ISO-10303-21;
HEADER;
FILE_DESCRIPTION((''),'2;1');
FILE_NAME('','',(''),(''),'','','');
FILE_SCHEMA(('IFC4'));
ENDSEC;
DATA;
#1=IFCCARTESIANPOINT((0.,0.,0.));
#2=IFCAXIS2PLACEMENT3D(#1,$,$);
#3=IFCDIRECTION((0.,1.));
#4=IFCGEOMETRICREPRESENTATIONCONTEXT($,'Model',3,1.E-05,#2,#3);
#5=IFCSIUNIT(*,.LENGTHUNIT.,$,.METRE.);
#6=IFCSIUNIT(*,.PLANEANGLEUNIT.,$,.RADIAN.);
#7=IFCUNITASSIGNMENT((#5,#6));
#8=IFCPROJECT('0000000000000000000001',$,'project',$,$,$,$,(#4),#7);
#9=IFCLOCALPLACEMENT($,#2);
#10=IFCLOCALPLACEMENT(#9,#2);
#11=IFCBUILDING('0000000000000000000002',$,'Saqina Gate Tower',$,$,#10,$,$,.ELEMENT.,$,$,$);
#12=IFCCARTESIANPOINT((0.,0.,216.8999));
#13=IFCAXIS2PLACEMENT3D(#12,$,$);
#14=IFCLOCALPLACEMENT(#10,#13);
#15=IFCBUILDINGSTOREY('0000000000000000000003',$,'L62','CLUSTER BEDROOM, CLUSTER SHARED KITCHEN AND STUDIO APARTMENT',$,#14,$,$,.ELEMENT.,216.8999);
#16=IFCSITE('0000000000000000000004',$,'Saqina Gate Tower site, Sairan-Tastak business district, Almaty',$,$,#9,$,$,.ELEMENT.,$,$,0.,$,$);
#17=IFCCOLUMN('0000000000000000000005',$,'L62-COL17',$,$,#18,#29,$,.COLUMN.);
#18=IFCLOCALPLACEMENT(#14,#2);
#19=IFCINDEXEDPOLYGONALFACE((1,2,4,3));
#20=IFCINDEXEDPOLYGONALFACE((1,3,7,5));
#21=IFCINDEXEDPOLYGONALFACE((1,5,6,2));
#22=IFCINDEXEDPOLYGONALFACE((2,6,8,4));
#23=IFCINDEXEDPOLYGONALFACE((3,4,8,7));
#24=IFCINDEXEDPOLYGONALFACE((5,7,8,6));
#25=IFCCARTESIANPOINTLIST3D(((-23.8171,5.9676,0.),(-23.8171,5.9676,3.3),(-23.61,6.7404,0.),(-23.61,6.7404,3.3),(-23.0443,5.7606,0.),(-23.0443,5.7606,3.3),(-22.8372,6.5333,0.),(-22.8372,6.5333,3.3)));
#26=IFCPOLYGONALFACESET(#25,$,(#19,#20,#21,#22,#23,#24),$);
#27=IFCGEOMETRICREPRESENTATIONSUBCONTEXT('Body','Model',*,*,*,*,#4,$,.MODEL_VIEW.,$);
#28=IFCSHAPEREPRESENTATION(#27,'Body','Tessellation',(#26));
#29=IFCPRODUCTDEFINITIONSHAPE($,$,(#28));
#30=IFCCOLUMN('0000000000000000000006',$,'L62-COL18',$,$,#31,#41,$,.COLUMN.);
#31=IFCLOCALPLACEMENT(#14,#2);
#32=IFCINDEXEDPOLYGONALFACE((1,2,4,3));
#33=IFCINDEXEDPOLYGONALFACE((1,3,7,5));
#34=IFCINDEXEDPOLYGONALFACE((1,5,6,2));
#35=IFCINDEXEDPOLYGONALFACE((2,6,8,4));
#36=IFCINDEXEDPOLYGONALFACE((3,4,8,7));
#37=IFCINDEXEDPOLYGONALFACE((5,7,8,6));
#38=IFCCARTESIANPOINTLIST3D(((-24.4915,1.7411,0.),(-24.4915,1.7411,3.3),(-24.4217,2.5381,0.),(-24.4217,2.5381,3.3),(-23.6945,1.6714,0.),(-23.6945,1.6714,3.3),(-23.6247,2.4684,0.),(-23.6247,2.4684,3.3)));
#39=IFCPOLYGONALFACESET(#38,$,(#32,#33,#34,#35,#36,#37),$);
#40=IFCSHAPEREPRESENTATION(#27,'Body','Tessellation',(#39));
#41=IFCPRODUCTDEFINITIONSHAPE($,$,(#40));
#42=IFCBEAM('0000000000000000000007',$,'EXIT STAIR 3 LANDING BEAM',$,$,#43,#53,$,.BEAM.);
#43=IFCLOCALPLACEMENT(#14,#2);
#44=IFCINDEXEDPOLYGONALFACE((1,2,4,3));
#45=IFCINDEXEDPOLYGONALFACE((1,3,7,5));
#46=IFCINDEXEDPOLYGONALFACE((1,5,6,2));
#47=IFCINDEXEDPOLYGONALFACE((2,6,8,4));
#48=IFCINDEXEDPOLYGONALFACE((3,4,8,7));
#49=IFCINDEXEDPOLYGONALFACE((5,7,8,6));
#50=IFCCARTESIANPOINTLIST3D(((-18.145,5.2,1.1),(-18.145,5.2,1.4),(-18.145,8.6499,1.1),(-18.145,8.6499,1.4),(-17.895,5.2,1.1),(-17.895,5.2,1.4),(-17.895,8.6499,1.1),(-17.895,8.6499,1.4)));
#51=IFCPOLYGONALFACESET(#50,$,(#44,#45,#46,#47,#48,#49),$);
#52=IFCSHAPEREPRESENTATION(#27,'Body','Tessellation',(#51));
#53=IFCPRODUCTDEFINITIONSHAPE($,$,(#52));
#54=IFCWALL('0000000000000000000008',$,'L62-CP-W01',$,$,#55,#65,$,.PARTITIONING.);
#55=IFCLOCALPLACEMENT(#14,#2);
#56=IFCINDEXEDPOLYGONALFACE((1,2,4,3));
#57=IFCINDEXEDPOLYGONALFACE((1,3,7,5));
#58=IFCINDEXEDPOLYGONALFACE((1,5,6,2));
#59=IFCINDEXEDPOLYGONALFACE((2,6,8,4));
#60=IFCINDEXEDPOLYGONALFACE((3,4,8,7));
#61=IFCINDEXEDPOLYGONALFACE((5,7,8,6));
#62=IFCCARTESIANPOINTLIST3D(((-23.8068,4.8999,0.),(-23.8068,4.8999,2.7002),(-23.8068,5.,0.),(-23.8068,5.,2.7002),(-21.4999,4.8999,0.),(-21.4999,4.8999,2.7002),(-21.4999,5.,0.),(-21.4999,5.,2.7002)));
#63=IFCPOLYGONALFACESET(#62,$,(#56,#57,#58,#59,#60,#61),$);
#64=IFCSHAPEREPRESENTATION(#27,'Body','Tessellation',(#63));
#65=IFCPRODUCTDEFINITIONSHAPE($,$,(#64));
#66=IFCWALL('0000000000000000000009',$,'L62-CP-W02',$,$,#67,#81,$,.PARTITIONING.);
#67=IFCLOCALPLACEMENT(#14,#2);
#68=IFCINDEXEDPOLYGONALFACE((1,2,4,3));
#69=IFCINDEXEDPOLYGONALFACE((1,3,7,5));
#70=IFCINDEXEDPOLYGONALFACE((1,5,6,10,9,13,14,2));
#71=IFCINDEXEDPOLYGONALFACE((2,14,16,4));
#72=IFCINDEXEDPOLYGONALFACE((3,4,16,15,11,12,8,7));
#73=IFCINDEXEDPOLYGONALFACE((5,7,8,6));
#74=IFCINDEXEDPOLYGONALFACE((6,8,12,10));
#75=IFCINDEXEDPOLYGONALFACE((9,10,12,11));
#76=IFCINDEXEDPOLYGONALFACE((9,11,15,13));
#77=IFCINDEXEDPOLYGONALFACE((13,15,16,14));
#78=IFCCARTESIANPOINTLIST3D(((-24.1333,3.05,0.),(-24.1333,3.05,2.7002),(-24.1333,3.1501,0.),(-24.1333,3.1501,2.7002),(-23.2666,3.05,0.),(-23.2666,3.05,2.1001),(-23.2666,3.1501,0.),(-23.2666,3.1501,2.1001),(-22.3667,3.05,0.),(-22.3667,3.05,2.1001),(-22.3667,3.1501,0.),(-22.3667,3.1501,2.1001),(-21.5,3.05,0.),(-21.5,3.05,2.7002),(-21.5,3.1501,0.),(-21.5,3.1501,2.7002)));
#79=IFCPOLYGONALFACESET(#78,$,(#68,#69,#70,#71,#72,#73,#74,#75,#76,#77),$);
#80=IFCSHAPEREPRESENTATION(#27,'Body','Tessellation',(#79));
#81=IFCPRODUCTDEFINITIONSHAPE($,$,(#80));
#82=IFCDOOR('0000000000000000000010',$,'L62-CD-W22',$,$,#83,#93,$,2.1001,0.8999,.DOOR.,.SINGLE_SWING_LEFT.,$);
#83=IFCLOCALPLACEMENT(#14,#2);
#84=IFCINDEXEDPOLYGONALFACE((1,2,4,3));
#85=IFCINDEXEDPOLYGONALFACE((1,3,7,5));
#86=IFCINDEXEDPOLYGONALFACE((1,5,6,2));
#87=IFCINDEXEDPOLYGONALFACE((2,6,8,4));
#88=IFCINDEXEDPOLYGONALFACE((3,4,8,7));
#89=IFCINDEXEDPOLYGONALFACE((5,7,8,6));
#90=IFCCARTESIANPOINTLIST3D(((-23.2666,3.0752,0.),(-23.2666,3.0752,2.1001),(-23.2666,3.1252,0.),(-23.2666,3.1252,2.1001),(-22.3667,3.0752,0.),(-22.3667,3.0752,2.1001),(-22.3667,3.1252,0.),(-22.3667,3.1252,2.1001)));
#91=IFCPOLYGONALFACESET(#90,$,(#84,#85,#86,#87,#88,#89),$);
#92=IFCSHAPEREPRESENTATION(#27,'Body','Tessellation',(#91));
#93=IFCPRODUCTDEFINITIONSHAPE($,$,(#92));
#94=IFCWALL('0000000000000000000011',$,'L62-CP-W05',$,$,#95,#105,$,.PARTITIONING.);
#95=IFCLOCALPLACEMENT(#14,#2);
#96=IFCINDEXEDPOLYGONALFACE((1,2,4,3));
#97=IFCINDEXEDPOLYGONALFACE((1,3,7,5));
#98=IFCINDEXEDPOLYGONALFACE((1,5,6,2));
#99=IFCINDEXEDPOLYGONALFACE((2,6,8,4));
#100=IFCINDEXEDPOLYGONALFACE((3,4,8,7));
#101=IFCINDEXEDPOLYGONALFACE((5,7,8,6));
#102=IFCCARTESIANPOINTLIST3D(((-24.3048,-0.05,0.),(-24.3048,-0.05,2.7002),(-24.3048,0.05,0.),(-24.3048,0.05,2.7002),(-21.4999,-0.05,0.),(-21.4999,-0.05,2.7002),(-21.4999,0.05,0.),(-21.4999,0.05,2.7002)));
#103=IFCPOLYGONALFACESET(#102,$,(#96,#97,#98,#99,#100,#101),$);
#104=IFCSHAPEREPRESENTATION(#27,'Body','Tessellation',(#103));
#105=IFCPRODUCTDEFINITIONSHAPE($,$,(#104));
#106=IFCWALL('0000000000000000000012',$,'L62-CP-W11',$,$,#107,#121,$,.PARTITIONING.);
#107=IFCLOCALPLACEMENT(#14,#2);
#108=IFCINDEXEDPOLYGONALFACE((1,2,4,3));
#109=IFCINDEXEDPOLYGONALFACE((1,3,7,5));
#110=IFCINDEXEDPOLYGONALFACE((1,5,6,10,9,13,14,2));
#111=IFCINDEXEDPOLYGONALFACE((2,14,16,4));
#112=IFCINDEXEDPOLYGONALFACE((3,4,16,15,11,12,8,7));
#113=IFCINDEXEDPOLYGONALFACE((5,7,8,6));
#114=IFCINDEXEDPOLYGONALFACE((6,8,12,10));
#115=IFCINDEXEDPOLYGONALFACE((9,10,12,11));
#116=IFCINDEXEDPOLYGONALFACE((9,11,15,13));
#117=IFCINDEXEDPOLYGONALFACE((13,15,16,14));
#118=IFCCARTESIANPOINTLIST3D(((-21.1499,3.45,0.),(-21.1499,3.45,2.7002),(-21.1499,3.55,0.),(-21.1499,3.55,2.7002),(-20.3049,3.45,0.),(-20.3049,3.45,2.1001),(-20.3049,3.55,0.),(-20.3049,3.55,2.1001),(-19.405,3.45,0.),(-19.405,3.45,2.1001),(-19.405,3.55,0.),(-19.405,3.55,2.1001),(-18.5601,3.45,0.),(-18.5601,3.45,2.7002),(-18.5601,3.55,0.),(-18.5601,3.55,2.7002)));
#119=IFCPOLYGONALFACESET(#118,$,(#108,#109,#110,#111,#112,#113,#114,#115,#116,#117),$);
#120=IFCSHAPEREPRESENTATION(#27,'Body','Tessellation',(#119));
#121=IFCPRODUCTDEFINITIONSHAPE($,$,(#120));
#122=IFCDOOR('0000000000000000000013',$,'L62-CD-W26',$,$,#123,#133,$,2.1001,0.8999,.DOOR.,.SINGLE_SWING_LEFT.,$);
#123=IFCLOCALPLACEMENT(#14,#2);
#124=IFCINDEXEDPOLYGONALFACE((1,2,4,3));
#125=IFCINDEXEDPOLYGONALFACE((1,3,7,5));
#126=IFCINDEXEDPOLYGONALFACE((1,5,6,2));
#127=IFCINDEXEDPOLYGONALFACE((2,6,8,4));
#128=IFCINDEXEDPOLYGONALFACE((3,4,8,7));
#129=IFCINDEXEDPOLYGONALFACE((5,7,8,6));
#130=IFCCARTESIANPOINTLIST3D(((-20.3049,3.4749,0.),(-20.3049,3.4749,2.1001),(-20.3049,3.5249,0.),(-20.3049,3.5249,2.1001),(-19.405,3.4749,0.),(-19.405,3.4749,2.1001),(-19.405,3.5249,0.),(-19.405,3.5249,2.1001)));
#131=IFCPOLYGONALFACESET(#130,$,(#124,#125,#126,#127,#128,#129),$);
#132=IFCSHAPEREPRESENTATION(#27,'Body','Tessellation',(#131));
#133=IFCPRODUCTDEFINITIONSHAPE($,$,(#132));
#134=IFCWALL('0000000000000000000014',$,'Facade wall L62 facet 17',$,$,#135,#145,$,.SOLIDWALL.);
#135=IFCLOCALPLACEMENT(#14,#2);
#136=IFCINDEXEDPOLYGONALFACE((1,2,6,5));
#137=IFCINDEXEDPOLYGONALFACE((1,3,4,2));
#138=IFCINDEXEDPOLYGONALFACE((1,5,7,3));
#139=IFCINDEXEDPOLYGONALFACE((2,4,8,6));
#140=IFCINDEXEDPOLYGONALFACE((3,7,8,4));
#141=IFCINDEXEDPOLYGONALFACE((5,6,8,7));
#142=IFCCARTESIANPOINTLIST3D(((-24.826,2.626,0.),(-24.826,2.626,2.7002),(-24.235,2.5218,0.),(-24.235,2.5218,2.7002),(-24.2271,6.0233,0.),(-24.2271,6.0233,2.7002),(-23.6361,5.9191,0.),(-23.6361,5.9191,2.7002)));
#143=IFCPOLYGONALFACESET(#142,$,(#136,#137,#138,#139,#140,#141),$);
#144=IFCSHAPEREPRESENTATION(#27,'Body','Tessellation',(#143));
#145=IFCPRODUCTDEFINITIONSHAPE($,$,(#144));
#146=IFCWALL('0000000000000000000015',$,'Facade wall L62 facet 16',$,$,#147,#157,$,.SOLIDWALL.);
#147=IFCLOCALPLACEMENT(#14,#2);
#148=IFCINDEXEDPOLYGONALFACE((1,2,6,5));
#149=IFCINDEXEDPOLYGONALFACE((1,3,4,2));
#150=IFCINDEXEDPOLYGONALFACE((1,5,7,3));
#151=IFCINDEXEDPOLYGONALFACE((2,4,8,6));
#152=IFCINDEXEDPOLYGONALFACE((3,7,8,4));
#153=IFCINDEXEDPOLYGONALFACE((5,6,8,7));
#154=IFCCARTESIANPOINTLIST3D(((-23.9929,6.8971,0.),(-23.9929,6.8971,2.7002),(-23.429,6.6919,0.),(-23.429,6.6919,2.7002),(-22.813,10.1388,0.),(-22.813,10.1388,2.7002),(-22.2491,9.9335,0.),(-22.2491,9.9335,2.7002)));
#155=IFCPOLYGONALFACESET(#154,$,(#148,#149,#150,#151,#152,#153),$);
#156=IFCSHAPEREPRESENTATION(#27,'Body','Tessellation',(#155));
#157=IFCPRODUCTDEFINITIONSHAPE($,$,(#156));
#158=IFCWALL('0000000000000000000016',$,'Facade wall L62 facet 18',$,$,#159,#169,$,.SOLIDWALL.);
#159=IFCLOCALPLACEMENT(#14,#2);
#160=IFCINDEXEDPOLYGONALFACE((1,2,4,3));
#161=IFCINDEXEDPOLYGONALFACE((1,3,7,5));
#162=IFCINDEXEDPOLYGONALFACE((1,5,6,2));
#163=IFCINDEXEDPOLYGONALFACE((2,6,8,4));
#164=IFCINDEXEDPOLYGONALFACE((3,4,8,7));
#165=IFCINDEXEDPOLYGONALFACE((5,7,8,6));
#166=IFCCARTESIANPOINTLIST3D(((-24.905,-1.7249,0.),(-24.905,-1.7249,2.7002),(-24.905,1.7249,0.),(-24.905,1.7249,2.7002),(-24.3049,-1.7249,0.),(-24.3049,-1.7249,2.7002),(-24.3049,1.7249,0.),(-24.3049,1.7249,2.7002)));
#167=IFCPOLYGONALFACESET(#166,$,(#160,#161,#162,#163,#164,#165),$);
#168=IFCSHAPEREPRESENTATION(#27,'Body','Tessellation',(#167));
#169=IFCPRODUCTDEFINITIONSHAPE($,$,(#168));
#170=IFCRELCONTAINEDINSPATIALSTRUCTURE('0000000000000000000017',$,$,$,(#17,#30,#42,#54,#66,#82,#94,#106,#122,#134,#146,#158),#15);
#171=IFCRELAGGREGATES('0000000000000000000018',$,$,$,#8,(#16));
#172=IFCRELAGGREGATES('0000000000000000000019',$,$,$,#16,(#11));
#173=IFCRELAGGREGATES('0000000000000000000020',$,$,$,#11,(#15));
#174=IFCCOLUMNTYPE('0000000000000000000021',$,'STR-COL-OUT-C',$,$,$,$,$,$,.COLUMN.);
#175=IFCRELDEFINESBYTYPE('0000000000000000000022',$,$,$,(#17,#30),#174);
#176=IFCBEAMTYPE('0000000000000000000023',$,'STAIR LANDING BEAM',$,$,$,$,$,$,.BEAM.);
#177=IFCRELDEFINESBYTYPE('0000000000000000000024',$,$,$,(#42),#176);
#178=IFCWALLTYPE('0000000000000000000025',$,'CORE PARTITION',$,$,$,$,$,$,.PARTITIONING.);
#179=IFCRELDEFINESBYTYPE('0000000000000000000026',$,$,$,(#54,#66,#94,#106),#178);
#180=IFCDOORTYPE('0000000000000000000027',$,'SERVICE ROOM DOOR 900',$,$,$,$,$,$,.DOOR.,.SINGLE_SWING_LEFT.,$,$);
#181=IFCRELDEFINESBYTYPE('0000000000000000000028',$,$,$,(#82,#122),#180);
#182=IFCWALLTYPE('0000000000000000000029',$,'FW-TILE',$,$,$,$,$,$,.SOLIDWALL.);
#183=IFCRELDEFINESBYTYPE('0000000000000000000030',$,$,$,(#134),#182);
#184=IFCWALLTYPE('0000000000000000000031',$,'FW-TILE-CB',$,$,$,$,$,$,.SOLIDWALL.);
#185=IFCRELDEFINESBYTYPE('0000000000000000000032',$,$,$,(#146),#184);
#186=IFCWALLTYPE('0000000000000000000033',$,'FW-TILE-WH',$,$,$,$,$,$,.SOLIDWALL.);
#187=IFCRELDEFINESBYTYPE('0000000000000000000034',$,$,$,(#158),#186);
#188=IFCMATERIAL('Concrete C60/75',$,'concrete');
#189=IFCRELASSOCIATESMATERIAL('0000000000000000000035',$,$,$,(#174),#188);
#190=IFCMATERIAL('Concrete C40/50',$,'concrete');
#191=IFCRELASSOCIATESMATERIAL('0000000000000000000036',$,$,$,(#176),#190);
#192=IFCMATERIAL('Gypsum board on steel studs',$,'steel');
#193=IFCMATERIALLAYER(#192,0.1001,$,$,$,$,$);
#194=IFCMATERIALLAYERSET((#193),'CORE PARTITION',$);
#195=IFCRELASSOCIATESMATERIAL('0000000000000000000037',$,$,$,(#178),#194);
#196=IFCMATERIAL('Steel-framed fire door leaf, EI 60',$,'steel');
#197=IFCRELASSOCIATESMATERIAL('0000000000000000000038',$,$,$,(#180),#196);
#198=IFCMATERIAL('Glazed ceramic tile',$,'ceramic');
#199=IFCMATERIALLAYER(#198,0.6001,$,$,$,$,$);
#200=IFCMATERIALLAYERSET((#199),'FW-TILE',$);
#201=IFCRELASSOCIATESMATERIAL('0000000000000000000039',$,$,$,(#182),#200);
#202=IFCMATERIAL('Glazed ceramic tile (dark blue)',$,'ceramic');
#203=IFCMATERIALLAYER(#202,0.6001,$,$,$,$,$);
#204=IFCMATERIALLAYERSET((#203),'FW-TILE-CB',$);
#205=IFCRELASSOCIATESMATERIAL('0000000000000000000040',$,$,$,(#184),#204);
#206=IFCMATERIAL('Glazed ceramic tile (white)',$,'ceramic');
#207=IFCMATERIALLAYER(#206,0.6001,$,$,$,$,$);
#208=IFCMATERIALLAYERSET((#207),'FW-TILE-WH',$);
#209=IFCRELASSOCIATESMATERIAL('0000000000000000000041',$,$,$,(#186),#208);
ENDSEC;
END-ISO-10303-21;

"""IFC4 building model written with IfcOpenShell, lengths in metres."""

from ifc_helpers import new_model, si_unit, direction, frame, frame_2d, origin, origin_2d, place, context, subcontext, project, spatial, rectangle, extrude, material, layer, layer_set, material_profile, profile_set, type_object, element, fill, save


model = new_model("IFC4")

# Units and contexts
model_context = context("Model", 3, precision=1e-05, world=origin(), true_north=direction((0.0, 1.0)))
body_context = subcontext(model_context, "Body", "Model", "MODEL_VIEW")
ifc_project = project(units=[si_unit("LENGTHUNIT", "METRE"), si_unit("PLANEANGLEUNIT", "RADIAN")], contexts=[model_context])

# Site, building, storey
site_placement = place(None, origin())
site = spatial("IfcSite", under=ifc_project, at=site_placement, Name="Saqina Gate Tower site, Sairan-Tastak business district, Almaty", CompositionType="ELEMENT", RefElevation=0.0)
building_placement = place(site_placement, origin())
building = spatial("IfcBuilding", under=site, at=building_placement, Name="Saqina Gate Tower", CompositionType="ELEMENT")
storey_placement = place(building_placement, frame((0.0, 0.0, 216.8999)))
storey = spatial("IfcBuildingStorey", under=building, at=storey_placement, Name="L62", Description="CLUSTER BEDROOM, CLUSTER SHARED KITCHEN AND STUDIO APARTMENT", CompositionType="ELEMENT", Elevation=216.8999)

# Columns
ifc_material_1 = material(Name="Concrete C60/75", Category="concrete")
ifc_material_profile_1 = material_profile(ifc_material_1, rectangle(XDim=0.8, YDim=0.8, at=origin_2d()), Name="RC 800x800")
ifc_profile_set_1 = profile_set([ifc_material_profile_1], Name="Concrete C60/75")
column_type = type_object("IfcColumnType", Name="STR-COL-OUT-C", PredefinedType="COLUMN", material=ifc_profile_set_1)
for number, where, z_axis, x_axis, name in (
    (1, (-23.3271, 6.2505, 0.0), (0.0, 0.0, 1.0), (-0.965926, 0.258819, 0.0), "L62-COL17"),
    (2, (-24.0581, 2.1047, 0.0), (0.0, 0.0, 1.0), (-0.996195, 0.087156, 0.0), "L62-COL18"),
):
    element("IfcColumn", number, at=place(storey_placement, frame(where, z_axis=z_axis, x_axis=x_axis)), inside=storey, type_object=column_type, Name=name, PredefinedType="COLUMN", context=body_context, shape_type="SweptSolid", body=[
        extrude(rectangle(XDim=0.8, YDim=0.8, at=origin_2d()), origin(), (0.0, 0.0, 1.0), 3.3),
    ])

# Beam
ifc_material_2 = material(Name="Concrete C40/50", Category="concrete")
ifc_material_profile_2 = material_profile(ifc_material_2, rectangle(XDim=0.25, YDim=0.3, at=origin_2d()), Name="STAIR LANDING BEAM")
ifc_profile_set_2 = profile_set([ifc_material_profile_2], Name="Concrete C40/50")
beam_type = type_object("IfcBeamType", Name="STAIR LANDING BEAM", PredefinedType="BEAM", material=ifc_profile_set_2)
beam_placement = place(storey_placement, frame((-18.02, 5.2, 1.25), z_axis=(0.0, 1.0, 0.0), x_axis=(-1.0, 0.0, 0.0)))
element("IfcBeam", 3, at=beam_placement, inside=storey, type_object=beam_type, Name="EXIT STAIR 3 LANDING BEAM", PredefinedType="BEAM", context=body_context, shape_type="SweptSolid", body=[
    extrude(rectangle(XDim=0.25, YDim=0.3, at=origin_2d()), origin(), (0.0, 0.0, 1.0), 3.45),
])

# Wall
ifc_material_3 = material(Name="Gypsum board on steel studs", Category="steel")
ifc_layer_1 = layer(ifc_material_3, 0.1001)
ifc_layer_set_1 = layer_set([ifc_layer_1], Name="CORE PARTITION")
wall_type_1 = type_object("IfcWallType", Name="CORE PARTITION", PredefinedType="PARTITIONING", material=ifc_layer_set_1)
wall_1_placement = place(storey_placement, frame((-21.5, 4.95, 0.0), z_axis=(0.0, 0.0, 1.0), x_axis=(-1.0, 0.0, 0.0)))
element("IfcWall", 4, at=wall_1_placement, inside=storey, type_object=wall_type_1, Name="L62-CP-W01", PredefinedType="PARTITIONING", context=body_context, shape_type="SweptSolid", body=[
    extrude(rectangle(XDim=2.3069, YDim=0.1001, at=frame_2d((1.1533, 0.0))), origin(), (0.0, 0.0, 1.0), 2.7002),
])

# Wall, opening, door
wall_2_placement = place(storey_placement, frame((-21.5, 3.1001, 0.0), z_axis=(0.0, 0.0, 1.0), x_axis=(-1.0, 0.0, 0.0)))
wall_2 = element("IfcWall", 5, at=wall_2_placement, inside=storey, type_object=wall_type_1, Name="L62-CP-W02", PredefinedType="PARTITIONING", context=body_context, shape_type="SweptSolid", body=[
    extrude(rectangle(XDim=2.6333, YDim=0.1001, at=frame_2d((1.3167, 0.0))), origin(), (0.0, 0.0, 1.0), 2.7002),
])
opening_1_placement = place(wall_2_placement, frame((0.8667, 0.0, 0.0)))
opening_1 = element("IfcOpeningElement", 6, at=opening_1_placement, cuts=wall_2, PredefinedType="OPENING", context=body_context, shape_type="SweptSolid", body=[
    extrude(rectangle(XDim=0.8999, YDim=2.1001, at=frame_2d((0.45, 1.05))), frame((0.0, 0.062, 0.0), z_axis=(0.0, -1.0, 0.0), x_axis=(1.0, 0.0, 0.0)), (0.0, 0.0, 1.0), 0.124),
])
ifc_material_4 = material(Name="Steel-framed fire door leaf, EI 60", Category="steel")
door_type_1 = type_object("IfcDoorType", Name="SERVICE ROOM DOOR 900", OperationType="SINGLE_SWING_LEFT", PredefinedType="DOOR", material=ifc_material_4)
door_1_placement = place(opening_1_placement, origin())
door_1 = element("IfcDoor", 7, at=door_1_placement, inside=storey, type_object=door_type_1, Name="L62-CD-W22", OperationType="SINGLE_SWING_LEFT", OverallHeight=2.1001, OverallWidth=0.8999, PredefinedType="DOOR", context=body_context, shape_type="SweptSolid", body=[
    extrude(rectangle(XDim=0.8999, YDim=2.1001, at=frame_2d((0.45, 1.05))), frame((0.0, 0.0249, 0.0), z_axis=(0.0, -1.0, 0.0), x_axis=(1.0, 0.0, 0.0)), (0.0, 0.0, 1.0), 0.05),
])
fill(opening_1, door_1)

# Wall
wall_3_placement = place(storey_placement, frame((-21.5, 0.0, 0.0), z_axis=(0.0, 0.0, 1.0), x_axis=(-1.0, 0.0, 0.0)))
element("IfcWall", 8, at=wall_3_placement, inside=storey, type_object=wall_type_1, Name="L62-CP-W05", PredefinedType="PARTITIONING", context=body_context, shape_type="SweptSolid", body=[
    extrude(rectangle(XDim=2.8049, YDim=0.1001, at=frame_2d((1.4023, 0.0))), origin(), (0.0, 0.0, 1.0), 2.7002),
])

# Wall, opening, door
wall_4_placement = place(storey_placement, frame((-18.5601, 3.5, 0.0), z_axis=(0.0, 0.0, 1.0), x_axis=(-1.0, 0.0, 0.0)))
wall_4 = element("IfcWall", 9, at=wall_4_placement, inside=storey, type_object=wall_type_1, Name="L62-CP-W11", PredefinedType="PARTITIONING", context=body_context, shape_type="SweptSolid", body=[
    extrude(rectangle(XDim=2.5898, YDim=0.1001, at=frame_2d((1.2949, 0.0))), origin(), (0.0, 0.0, 1.0), 2.7002),
])
opening_2_placement = place(wall_4_placement, frame((0.845, 0.0, 0.0)))
opening_2 = element("IfcOpeningElement", 10, at=opening_2_placement, cuts=wall_4, PredefinedType="OPENING", context=body_context, shape_type="SweptSolid", body=[
    extrude(rectangle(XDim=0.8999, YDim=2.1001, at=frame_2d((0.45, 1.05))), frame((0.0, 0.062, 0.0), z_axis=(0.0, -1.0, 0.0), x_axis=(1.0, 0.0, 0.0)), (0.0, 0.0, 1.0), 0.124),
])
door_2_placement = place(opening_2_placement, frame((0.8999, 0.0, 0.0), z_axis=(0.0, 0.0, 1.0), x_axis=(-1.0, 0.0, 0.0)))
door_2 = element("IfcDoor", 11, at=door_2_placement, inside=storey, type_object=door_type_1, Name="L62-CD-W26", OperationType="SINGLE_SWING_LEFT", OverallHeight=2.1001, OverallWidth=0.8999, PredefinedType="DOOR", context=body_context, shape_type="SweptSolid", body=[
    extrude(rectangle(XDim=0.8999, YDim=2.1001, at=frame_2d((0.45, 1.05))), frame((0.0, 0.0249, 0.0), z_axis=(0.0, -1.0, 0.0), x_axis=(1.0, 0.0, 0.0)), (0.0, 0.0, 1.0), 0.05),
])
fill(opening_2, door_2)

# Walls
ifc_material_5 = material(Name="Glazed ceramic tile", Category="ceramic")
ifc_layer_2 = layer(ifc_material_5, 0.6001)
ifc_layer_set_2 = layer_set([ifc_layer_2], Name="FW-TILE")
wall_type_2 = type_object("IfcWallType", Name="FW-TILE", PredefinedType="SOLIDWALL", material=ifc_layer_set_2)
wall_5_placement = place(storey_placement, frame((-23.9316, 5.9712, 0.0), z_axis=(0.0, 0.0, 1.0), x_axis=(-0.173608, -0.984815, 0.0)))
element("IfcWall", 12, at=wall_5_placement, inside=storey, type_object=wall_type_2, Name="Facade wall L62 facet 17", PredefinedType="SOLIDWALL", context=body_context, shape_type="SweptSolid", body=[
    extrude(rectangle(XDim=3.4497, YDim=0.6001, at=frame_2d((1.7249, 0.0))), origin(), (0.0, 0.0, 1.0), 2.7002),
])
ifc_material_6 = material(Name="Glazed ceramic tile (dark blue)", Category="ceramic")
ifc_layer_3 = layer(ifc_material_6, 0.6001)
ifc_layer_set_3 = layer_set([ifc_layer_3], Name="FW-TILE-CB")
wall_type_3 = type_object("IfcWallType", Name="FW-TILE-CB", PredefinedType="SOLIDWALL", material=ifc_layer_set_3)
wall_6_placement = place(storey_placement, frame((-22.531, 10.0361, 0.0), z_axis=(0.0, 0.0, 1.0), x_axis=(-0.342033, -0.939688, 0.0)))
element("IfcWall", 13, at=wall_6_placement, inside=storey, type_object=wall_type_3, Name="Facade wall L62 facet 16", PredefinedType="SOLIDWALL", context=body_context, shape_type="SweptSolid", body=[
    extrude(rectangle(XDim=3.4497, YDim=0.6001, at=frame_2d((1.7249, 0.0))), origin(), (0.0, 0.0, 1.0), 2.7002),
])
ifc_material_7 = material(Name="Glazed ceramic tile (white)", Category="ceramic")
ifc_layer_4 = layer(ifc_material_7, 0.6001)
ifc_layer_set_4 = layer_set([ifc_layer_4], Name="FW-TILE-WH")
wall_type_4 = type_object("IfcWallType", Name="FW-TILE-WH", PredefinedType="SOLIDWALL", material=ifc_layer_set_4)
wall_7_placement = place(storey_placement, frame((-24.605, 1.7249, 0.0), z_axis=(0.0, 0.0, 1.0), x_axis=(0.0, -1.0, 0.0)))
element("IfcWall", 14, at=wall_7_placement, inside=storey, type_object=wall_type_4, Name="Facade wall L62 facet 18", PredefinedType="SOLIDWALL", context=body_context, shape_type="SweptSolid", body=[
    extrude(rectangle(XDim=3.4497, YDim=0.6001, at=frame_2d((1.7249, 0.0))), origin(), (0.0, 0.0, 1.0), 2.7002),
])

save(model, "model.ifc")
